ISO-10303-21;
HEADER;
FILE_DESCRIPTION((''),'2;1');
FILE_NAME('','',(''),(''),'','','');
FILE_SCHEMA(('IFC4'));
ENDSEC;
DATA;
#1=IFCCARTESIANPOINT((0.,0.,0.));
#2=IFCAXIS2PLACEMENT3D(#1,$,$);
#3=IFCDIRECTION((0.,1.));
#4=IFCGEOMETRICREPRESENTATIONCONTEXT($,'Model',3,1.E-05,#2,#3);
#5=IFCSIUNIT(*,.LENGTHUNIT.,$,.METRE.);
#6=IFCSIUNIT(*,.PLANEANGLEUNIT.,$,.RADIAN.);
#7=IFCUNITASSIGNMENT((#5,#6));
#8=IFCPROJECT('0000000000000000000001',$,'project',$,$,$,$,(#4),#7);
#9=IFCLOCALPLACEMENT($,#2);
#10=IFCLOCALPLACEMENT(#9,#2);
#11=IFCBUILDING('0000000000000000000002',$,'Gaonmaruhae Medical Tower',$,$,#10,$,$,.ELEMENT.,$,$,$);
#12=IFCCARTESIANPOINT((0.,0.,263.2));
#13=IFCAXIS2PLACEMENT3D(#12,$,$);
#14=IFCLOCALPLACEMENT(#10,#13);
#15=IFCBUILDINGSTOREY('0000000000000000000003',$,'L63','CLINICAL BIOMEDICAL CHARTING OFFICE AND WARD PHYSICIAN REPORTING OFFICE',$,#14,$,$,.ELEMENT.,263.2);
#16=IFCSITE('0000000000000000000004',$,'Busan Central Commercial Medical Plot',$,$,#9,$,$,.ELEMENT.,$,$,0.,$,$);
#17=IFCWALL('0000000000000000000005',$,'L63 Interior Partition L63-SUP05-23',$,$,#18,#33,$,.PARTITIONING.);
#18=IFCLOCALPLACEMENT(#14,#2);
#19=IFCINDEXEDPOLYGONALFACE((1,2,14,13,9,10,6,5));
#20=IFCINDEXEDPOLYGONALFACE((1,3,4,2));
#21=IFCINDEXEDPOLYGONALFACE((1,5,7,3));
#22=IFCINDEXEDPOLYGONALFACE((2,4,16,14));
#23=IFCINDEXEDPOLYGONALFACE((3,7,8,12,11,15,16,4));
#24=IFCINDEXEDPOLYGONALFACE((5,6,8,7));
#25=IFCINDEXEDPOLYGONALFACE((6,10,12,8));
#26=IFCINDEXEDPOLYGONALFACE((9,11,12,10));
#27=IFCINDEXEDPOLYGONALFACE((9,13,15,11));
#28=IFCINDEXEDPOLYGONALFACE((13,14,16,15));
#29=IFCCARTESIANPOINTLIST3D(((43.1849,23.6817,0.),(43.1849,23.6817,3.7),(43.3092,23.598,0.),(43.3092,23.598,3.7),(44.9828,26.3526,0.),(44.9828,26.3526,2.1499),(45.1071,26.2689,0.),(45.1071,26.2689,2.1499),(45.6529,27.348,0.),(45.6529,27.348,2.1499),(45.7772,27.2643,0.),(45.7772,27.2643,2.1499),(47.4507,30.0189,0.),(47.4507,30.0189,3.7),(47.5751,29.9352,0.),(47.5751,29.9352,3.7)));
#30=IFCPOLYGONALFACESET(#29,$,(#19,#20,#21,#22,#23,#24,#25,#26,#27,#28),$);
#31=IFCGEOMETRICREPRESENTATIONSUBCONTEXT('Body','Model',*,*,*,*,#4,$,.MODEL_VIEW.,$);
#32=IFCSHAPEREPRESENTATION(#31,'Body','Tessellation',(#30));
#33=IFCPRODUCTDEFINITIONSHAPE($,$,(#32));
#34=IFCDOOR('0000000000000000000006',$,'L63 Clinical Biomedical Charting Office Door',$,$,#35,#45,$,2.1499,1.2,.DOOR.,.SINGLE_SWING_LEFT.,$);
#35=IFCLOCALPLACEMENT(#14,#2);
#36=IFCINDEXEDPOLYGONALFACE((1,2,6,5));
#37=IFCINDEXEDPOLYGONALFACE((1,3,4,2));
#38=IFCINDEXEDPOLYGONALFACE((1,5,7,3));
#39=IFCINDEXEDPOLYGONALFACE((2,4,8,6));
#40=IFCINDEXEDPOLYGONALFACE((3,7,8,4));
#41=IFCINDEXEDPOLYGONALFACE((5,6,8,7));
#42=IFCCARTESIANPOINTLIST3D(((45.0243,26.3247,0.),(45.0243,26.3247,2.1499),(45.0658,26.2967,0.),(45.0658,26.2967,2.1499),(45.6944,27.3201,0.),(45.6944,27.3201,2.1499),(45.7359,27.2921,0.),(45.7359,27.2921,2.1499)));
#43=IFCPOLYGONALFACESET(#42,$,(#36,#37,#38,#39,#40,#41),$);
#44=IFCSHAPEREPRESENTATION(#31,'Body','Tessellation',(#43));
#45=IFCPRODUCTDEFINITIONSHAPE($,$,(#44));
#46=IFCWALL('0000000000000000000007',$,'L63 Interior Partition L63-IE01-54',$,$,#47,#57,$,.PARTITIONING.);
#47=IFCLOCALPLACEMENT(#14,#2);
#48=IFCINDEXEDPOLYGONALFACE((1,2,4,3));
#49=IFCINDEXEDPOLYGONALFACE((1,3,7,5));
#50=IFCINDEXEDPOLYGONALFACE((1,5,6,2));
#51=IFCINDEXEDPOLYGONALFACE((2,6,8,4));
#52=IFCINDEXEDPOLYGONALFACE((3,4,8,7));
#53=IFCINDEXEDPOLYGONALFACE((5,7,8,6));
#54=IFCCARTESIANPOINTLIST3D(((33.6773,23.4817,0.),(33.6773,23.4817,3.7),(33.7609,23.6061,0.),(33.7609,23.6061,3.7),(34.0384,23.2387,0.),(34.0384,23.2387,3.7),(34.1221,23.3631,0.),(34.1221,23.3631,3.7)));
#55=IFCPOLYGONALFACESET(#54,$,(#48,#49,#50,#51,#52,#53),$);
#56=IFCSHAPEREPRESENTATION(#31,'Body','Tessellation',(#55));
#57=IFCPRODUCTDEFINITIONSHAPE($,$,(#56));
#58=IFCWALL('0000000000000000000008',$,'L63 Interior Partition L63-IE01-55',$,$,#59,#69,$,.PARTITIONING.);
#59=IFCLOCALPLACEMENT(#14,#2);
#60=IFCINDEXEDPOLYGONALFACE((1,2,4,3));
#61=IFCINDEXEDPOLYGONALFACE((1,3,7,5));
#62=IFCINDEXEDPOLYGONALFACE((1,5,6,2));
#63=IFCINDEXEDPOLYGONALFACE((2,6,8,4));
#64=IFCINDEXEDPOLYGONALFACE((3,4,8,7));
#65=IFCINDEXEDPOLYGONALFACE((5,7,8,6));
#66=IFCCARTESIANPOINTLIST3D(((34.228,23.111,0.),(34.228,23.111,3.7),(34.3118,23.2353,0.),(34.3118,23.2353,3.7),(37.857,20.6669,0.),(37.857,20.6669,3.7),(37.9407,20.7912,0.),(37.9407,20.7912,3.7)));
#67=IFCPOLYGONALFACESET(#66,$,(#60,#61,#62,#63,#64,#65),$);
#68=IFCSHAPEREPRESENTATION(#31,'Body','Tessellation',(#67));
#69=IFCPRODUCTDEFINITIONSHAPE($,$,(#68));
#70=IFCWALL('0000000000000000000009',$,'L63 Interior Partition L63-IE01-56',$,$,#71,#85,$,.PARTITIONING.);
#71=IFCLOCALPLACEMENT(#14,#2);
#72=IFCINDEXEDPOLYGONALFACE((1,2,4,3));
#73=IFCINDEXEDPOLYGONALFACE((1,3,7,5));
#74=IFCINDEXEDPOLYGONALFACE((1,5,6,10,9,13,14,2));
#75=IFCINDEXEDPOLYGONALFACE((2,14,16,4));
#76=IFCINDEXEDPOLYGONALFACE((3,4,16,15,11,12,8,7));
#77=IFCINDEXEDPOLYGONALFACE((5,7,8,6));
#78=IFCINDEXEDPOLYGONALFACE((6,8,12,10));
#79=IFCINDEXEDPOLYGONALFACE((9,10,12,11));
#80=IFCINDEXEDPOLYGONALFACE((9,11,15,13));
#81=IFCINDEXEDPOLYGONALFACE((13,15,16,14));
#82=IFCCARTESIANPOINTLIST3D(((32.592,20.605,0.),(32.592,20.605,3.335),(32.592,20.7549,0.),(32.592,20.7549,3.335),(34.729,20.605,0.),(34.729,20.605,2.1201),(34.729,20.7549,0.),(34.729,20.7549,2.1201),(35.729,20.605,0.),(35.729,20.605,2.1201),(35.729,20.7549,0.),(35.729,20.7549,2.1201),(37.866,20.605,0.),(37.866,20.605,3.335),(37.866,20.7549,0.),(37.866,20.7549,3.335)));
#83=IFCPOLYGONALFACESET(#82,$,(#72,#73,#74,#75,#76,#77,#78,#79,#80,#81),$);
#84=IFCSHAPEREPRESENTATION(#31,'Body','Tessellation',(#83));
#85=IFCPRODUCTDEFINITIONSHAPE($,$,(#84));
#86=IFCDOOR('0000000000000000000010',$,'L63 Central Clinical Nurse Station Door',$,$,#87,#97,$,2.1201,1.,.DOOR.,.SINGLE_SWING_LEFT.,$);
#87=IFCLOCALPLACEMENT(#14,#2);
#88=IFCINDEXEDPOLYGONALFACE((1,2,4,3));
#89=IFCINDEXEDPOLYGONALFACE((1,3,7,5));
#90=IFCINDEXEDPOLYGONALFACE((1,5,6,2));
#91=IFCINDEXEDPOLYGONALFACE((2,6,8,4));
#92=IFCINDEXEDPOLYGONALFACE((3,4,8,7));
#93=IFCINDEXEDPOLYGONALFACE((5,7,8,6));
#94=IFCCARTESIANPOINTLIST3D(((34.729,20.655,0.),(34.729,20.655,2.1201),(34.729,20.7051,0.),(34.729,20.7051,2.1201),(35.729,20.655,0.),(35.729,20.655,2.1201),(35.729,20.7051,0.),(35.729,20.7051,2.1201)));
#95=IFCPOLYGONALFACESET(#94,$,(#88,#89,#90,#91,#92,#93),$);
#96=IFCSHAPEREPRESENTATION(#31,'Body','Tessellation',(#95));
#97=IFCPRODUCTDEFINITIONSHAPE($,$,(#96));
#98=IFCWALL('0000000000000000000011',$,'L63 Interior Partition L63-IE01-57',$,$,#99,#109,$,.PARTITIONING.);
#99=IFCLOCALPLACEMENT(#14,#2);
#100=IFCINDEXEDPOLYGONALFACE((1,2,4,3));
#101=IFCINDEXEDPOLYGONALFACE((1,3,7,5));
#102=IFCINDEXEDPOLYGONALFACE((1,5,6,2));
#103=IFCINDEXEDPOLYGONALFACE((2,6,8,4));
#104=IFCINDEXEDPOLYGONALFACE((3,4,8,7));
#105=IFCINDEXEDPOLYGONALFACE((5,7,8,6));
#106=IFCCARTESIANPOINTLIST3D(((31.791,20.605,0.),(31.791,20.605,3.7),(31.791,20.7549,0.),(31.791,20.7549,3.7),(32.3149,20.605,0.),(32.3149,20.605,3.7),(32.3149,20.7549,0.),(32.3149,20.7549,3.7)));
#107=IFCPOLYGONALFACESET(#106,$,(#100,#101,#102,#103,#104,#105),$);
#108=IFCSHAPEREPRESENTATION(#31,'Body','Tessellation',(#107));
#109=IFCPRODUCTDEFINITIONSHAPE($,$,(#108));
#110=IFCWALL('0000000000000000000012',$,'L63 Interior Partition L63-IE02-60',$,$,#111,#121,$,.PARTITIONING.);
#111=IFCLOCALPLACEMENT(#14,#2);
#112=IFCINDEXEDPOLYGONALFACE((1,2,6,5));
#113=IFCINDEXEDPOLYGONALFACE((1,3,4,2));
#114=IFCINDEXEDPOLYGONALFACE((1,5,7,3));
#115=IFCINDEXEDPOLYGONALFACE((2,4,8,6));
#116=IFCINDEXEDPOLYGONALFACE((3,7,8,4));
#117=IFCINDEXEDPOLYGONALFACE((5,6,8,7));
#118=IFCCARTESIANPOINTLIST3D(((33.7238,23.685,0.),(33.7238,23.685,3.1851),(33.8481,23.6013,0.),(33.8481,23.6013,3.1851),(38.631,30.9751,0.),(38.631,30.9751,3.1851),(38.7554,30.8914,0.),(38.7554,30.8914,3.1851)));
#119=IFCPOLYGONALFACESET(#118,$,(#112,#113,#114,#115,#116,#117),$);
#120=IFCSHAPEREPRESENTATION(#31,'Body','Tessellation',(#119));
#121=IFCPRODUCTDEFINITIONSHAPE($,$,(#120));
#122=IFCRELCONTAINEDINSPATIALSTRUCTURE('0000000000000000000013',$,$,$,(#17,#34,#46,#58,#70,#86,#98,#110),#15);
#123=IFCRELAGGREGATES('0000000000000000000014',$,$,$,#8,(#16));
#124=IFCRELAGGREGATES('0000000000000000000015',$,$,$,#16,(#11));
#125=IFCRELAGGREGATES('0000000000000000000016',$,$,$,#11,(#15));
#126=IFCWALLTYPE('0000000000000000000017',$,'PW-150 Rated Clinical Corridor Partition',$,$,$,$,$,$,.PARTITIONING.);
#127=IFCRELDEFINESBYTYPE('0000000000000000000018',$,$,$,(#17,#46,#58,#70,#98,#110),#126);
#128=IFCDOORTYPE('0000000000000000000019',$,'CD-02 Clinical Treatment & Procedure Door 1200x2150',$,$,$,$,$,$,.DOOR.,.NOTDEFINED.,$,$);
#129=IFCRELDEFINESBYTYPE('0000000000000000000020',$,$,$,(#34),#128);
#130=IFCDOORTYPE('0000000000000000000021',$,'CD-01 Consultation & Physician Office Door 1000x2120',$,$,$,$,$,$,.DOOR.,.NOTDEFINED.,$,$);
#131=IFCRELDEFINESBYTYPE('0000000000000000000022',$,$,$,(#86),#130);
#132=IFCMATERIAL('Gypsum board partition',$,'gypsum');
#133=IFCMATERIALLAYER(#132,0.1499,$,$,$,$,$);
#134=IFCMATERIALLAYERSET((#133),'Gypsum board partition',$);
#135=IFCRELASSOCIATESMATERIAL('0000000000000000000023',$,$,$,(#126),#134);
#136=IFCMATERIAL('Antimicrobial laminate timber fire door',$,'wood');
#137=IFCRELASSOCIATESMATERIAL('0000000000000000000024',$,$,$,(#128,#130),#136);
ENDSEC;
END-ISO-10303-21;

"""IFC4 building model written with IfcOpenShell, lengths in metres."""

from ifc_helpers import new_model, si_unit, direction, frame, frame_2d, origin, place, context, subcontext, project, spatial, rectangle, extrude, material, layer, layer_set, type_object, element, fill, save


model = new_model("IFC4")

# Units and contexts
model_context = context("Model", 3, precision=1e-05, world=origin(), true_north=direction((0.0, 1.0)))
body_context = subcontext(model_context, "Body", "Model", "MODEL_VIEW")
ifc_project = project(units=[si_unit("LENGTHUNIT", "METRE"), si_unit("PLANEANGLEUNIT", "RADIAN")], contexts=[model_context])

# Site, building, storey
site_placement = place(None, origin())
site = spatial("IfcSite", under=ifc_project, at=site_placement, Name="Busan Central Commercial Medical Plot", CompositionType="ELEMENT", RefElevation=0.0)
building_placement = place(site_placement, origin())
building = spatial("IfcBuilding", under=site, at=building_placement, Name="Gaonmaruhae Medical Tower", CompositionType="ELEMENT")
storey_placement = place(building_placement, frame((0.0, 0.0, 263.2)))
storey = spatial("IfcBuildingStorey", under=building, at=storey_placement, Name="L63", Description="CLINICAL BIOMEDICAL CHARTING OFFICE AND WARD PHYSICIAN REPORTING OFFICE", CompositionType="ELEMENT", Elevation=263.2)

# Shared definitions
ifc_material_1 = material(Name="Gypsum board partition", Category="gypsum")
ifc_layer_1 = layer(ifc_material_1, 0.1499)
ifc_layer_set_1 = layer_set([ifc_layer_1], Name="Gypsum board partition")
wall_type = type_object("IfcWallType", Name="PW-150 Rated Clinical Corridor Partition", PredefinedType="PARTITIONING", material=ifc_layer_set_1)

# Shared definitions
ifc_material_2 = material(Name="Antimicrobial laminate timber fire door", Category="wood")
door_type_1 = type_object("IfcDoorType", Name="CD-02 Clinical Treatment & Procedure Door 1200x2150", OperationType="NOTDEFINED", PredefinedType="DOOR", material=ifc_material_2)

# Wall, opening, door
wall_1_placement = place(storey_placement, frame((43.2471, 23.6399, 0.0), z_axis=(0.0, 0.0, 1.0), x_axis=(0.558419, 0.829559, 0.0)))
wall_1 = element("IfcWall", 1, at=wall_1_placement, inside=storey, type_object=wall_type, Name="L63 Interior Partition L63-SUP05-23", PredefinedType="PARTITIONING", context=body_context, shape_type="SweptSolid", body=[
    extrude(rectangle(XDim=7.6392, YDim=0.1499, at=frame_2d((3.8196, 0.0))), origin(), (0.0, 0.0, 1.0), 3.7),
])
opening_1_placement = place(wall_1_placement, frame((3.2195, 0.0, 0.0)))
opening_1 = element("IfcOpeningElement", 2, at=opening_1_placement, cuts=wall_1, PredefinedType="OPENING", context=body_context, shape_type="SweptSolid", body=[
    extrude(rectangle(XDim=1.2, YDim=2.1499, at=frame_2d((0.6001, 1.075))), frame((0.0, 0.085, 0.0), z_axis=(0.0, -1.0, 0.0), x_axis=(1.0, 0.0, 0.0)), (0.0, 0.0, 1.0), 0.1699),
])
door_1_placement = place(opening_1_placement, origin())
door_1 = element("IfcDoor", 3, at=door_1_placement, inside=storey, type_object=door_type_1, Name="L63 Clinical Biomedical Charting Office Door", OperationType="SINGLE_SWING_LEFT", OverallHeight=2.1499, OverallWidth=1.2, PredefinedType="DOOR", context=body_context, shape_type="SweptSolid", body=[
    extrude(rectangle(XDim=1.2, YDim=2.1499, at=frame_2d((0.6001, 1.075))), frame((0.0, 0.0249, 0.0), z_axis=(0.0, -1.0, 0.0), x_axis=(1.0, 0.0, 0.0)), (0.0, 0.0, 1.0), 0.05),
])
fill(opening_1, door_1)

# Walls
wall_2_placement = place(storey_placement, frame((33.719, 23.5439, 0.0), z_axis=(0.0, 0.0, 1.0), x_axis=(0.829713, -0.558191, 0.0)))
element("IfcWall", 4, at=wall_2_placement, inside=storey, type_object=wall_type, Name="L63 Interior Partition L63-IE01-54", PredefinedType="PARTITIONING", context=body_context, shape_type="SweptSolid", body=[
    extrude(rectangle(XDim=0.4353, YDim=0.1499, at=frame_2d((0.2178, 0.0))), origin(), (0.0, 0.0, 1.0), 3.7),
])
wall_3_placement = place(storey_placement, frame((34.27, 23.1731, 0.0), z_axis=(0.0, 0.0, 1.0), x_axis=(0.829423, -0.558622, 0.0)))
element("IfcWall", 5, at=wall_3_placement, inside=storey, type_object=wall_type, Name="L63 Interior Partition L63-IE01-55", PredefinedType="PARTITIONING", context=body_context, shape_type="SweptSolid", body=[
    extrude(rectangle(XDim=4.3752, YDim=0.1499, at=frame_2d((2.1875, 0.0))), origin(), (0.0, 0.0, 1.0), 3.7),
])

# Wall, opening, door
wall_4_placement = place(storey_placement, frame((37.866, 20.6799, 0.0), z_axis=(0.0, 0.0, 1.0), x_axis=(-1.0, 0.0, 0.0)))
wall_4 = element("IfcWall", 6, at=wall_4_placement, inside=storey, type_object=wall_type, Name="L63 Interior Partition L63-IE01-56", PredefinedType="PARTITIONING", context=body_context, shape_type="SweptSolid", body=[
    extrude(rectangle(XDim=5.2739, YDim=0.1499, at=frame_2d((2.637, 0.0))), origin(), (0.0, 0.0, 1.0), 3.335),
])
opening_2_placement = place(wall_4_placement, frame((2.137, 0.0, 0.0)))
opening_2 = element("IfcOpeningElement", 7, at=opening_2_placement, cuts=wall_4, PredefinedType="OPENING", context=body_context, shape_type="SweptSolid", body=[
    extrude(rectangle(XDim=1.0, YDim=2.1201, at=frame_2d((0.5, 1.0601))), frame((0.0, 0.085, 0.0), z_axis=(0.0, -1.0, 0.0), x_axis=(1.0, 0.0, 0.0)), (0.0, 0.0, 1.0), 0.1699),
])
door_type_2 = type_object("IfcDoorType", Name="CD-01 Consultation & Physician Office Door 1000x2120", OperationType="NOTDEFINED", PredefinedType="DOOR", material=ifc_material_2)
door_2_placement = place(opening_2_placement, origin())
door_2 = element("IfcDoor", 8, at=door_2_placement, inside=storey, type_object=door_type_2, Name="L63 Central Clinical Nurse Station Door", OperationType="SINGLE_SWING_LEFT", OverallHeight=2.1201, OverallWidth=1.0, PredefinedType="DOOR", context=body_context, shape_type="SweptSolid", body=[
    extrude(rectangle(XDim=1.0, YDim=2.1201, at=frame_2d((0.5, 1.0601))), frame((0.0, 0.0249, 0.0), z_axis=(0.0, -1.0, 0.0), x_axis=(1.0, 0.0, 0.0)), (0.0, 0.0, 1.0), 0.05),
])
fill(opening_2, door_2)

# Walls
wall_5_placement = place(storey_placement, frame((32.3149, 20.6799, 0.0), z_axis=(0.0, 0.0, 1.0), x_axis=(-1.0, 0.0, 0.0)))
element("IfcWall", 9, at=wall_5_placement, inside=storey, type_object=wall_type, Name="L63 Interior Partition L63-IE01-57", PredefinedType="PARTITIONING", context=body_context, shape_type="SweptSolid", body=[
    extrude(rectangle(XDim=0.5239, YDim=0.1499, at=frame_2d((0.262, 0.0))), origin(), (0.0, 0.0, 1.0), 3.7),
])
wall_6_placement = place(storey_placement, frame((33.7859, 23.6431, 0.0), z_axis=(0.0, 0.0, 1.0), x_axis=(0.558413, 0.829563, 0.0)))
element("IfcWall", 10, at=wall_6_placement, inside=storey, type_object=wall_type, Name="L63 Interior Partition L63-IE02-60", PredefinedType="PARTITIONING", context=body_context, shape_type="SweptSolid", body=[
    extrude(rectangle(XDim=8.7878, YDim=0.1499, at=frame_2d((4.394, 0.0))), origin(), (0.0, 0.0, 1.0), 3.1851),
])

save(model, "model.ifc")
